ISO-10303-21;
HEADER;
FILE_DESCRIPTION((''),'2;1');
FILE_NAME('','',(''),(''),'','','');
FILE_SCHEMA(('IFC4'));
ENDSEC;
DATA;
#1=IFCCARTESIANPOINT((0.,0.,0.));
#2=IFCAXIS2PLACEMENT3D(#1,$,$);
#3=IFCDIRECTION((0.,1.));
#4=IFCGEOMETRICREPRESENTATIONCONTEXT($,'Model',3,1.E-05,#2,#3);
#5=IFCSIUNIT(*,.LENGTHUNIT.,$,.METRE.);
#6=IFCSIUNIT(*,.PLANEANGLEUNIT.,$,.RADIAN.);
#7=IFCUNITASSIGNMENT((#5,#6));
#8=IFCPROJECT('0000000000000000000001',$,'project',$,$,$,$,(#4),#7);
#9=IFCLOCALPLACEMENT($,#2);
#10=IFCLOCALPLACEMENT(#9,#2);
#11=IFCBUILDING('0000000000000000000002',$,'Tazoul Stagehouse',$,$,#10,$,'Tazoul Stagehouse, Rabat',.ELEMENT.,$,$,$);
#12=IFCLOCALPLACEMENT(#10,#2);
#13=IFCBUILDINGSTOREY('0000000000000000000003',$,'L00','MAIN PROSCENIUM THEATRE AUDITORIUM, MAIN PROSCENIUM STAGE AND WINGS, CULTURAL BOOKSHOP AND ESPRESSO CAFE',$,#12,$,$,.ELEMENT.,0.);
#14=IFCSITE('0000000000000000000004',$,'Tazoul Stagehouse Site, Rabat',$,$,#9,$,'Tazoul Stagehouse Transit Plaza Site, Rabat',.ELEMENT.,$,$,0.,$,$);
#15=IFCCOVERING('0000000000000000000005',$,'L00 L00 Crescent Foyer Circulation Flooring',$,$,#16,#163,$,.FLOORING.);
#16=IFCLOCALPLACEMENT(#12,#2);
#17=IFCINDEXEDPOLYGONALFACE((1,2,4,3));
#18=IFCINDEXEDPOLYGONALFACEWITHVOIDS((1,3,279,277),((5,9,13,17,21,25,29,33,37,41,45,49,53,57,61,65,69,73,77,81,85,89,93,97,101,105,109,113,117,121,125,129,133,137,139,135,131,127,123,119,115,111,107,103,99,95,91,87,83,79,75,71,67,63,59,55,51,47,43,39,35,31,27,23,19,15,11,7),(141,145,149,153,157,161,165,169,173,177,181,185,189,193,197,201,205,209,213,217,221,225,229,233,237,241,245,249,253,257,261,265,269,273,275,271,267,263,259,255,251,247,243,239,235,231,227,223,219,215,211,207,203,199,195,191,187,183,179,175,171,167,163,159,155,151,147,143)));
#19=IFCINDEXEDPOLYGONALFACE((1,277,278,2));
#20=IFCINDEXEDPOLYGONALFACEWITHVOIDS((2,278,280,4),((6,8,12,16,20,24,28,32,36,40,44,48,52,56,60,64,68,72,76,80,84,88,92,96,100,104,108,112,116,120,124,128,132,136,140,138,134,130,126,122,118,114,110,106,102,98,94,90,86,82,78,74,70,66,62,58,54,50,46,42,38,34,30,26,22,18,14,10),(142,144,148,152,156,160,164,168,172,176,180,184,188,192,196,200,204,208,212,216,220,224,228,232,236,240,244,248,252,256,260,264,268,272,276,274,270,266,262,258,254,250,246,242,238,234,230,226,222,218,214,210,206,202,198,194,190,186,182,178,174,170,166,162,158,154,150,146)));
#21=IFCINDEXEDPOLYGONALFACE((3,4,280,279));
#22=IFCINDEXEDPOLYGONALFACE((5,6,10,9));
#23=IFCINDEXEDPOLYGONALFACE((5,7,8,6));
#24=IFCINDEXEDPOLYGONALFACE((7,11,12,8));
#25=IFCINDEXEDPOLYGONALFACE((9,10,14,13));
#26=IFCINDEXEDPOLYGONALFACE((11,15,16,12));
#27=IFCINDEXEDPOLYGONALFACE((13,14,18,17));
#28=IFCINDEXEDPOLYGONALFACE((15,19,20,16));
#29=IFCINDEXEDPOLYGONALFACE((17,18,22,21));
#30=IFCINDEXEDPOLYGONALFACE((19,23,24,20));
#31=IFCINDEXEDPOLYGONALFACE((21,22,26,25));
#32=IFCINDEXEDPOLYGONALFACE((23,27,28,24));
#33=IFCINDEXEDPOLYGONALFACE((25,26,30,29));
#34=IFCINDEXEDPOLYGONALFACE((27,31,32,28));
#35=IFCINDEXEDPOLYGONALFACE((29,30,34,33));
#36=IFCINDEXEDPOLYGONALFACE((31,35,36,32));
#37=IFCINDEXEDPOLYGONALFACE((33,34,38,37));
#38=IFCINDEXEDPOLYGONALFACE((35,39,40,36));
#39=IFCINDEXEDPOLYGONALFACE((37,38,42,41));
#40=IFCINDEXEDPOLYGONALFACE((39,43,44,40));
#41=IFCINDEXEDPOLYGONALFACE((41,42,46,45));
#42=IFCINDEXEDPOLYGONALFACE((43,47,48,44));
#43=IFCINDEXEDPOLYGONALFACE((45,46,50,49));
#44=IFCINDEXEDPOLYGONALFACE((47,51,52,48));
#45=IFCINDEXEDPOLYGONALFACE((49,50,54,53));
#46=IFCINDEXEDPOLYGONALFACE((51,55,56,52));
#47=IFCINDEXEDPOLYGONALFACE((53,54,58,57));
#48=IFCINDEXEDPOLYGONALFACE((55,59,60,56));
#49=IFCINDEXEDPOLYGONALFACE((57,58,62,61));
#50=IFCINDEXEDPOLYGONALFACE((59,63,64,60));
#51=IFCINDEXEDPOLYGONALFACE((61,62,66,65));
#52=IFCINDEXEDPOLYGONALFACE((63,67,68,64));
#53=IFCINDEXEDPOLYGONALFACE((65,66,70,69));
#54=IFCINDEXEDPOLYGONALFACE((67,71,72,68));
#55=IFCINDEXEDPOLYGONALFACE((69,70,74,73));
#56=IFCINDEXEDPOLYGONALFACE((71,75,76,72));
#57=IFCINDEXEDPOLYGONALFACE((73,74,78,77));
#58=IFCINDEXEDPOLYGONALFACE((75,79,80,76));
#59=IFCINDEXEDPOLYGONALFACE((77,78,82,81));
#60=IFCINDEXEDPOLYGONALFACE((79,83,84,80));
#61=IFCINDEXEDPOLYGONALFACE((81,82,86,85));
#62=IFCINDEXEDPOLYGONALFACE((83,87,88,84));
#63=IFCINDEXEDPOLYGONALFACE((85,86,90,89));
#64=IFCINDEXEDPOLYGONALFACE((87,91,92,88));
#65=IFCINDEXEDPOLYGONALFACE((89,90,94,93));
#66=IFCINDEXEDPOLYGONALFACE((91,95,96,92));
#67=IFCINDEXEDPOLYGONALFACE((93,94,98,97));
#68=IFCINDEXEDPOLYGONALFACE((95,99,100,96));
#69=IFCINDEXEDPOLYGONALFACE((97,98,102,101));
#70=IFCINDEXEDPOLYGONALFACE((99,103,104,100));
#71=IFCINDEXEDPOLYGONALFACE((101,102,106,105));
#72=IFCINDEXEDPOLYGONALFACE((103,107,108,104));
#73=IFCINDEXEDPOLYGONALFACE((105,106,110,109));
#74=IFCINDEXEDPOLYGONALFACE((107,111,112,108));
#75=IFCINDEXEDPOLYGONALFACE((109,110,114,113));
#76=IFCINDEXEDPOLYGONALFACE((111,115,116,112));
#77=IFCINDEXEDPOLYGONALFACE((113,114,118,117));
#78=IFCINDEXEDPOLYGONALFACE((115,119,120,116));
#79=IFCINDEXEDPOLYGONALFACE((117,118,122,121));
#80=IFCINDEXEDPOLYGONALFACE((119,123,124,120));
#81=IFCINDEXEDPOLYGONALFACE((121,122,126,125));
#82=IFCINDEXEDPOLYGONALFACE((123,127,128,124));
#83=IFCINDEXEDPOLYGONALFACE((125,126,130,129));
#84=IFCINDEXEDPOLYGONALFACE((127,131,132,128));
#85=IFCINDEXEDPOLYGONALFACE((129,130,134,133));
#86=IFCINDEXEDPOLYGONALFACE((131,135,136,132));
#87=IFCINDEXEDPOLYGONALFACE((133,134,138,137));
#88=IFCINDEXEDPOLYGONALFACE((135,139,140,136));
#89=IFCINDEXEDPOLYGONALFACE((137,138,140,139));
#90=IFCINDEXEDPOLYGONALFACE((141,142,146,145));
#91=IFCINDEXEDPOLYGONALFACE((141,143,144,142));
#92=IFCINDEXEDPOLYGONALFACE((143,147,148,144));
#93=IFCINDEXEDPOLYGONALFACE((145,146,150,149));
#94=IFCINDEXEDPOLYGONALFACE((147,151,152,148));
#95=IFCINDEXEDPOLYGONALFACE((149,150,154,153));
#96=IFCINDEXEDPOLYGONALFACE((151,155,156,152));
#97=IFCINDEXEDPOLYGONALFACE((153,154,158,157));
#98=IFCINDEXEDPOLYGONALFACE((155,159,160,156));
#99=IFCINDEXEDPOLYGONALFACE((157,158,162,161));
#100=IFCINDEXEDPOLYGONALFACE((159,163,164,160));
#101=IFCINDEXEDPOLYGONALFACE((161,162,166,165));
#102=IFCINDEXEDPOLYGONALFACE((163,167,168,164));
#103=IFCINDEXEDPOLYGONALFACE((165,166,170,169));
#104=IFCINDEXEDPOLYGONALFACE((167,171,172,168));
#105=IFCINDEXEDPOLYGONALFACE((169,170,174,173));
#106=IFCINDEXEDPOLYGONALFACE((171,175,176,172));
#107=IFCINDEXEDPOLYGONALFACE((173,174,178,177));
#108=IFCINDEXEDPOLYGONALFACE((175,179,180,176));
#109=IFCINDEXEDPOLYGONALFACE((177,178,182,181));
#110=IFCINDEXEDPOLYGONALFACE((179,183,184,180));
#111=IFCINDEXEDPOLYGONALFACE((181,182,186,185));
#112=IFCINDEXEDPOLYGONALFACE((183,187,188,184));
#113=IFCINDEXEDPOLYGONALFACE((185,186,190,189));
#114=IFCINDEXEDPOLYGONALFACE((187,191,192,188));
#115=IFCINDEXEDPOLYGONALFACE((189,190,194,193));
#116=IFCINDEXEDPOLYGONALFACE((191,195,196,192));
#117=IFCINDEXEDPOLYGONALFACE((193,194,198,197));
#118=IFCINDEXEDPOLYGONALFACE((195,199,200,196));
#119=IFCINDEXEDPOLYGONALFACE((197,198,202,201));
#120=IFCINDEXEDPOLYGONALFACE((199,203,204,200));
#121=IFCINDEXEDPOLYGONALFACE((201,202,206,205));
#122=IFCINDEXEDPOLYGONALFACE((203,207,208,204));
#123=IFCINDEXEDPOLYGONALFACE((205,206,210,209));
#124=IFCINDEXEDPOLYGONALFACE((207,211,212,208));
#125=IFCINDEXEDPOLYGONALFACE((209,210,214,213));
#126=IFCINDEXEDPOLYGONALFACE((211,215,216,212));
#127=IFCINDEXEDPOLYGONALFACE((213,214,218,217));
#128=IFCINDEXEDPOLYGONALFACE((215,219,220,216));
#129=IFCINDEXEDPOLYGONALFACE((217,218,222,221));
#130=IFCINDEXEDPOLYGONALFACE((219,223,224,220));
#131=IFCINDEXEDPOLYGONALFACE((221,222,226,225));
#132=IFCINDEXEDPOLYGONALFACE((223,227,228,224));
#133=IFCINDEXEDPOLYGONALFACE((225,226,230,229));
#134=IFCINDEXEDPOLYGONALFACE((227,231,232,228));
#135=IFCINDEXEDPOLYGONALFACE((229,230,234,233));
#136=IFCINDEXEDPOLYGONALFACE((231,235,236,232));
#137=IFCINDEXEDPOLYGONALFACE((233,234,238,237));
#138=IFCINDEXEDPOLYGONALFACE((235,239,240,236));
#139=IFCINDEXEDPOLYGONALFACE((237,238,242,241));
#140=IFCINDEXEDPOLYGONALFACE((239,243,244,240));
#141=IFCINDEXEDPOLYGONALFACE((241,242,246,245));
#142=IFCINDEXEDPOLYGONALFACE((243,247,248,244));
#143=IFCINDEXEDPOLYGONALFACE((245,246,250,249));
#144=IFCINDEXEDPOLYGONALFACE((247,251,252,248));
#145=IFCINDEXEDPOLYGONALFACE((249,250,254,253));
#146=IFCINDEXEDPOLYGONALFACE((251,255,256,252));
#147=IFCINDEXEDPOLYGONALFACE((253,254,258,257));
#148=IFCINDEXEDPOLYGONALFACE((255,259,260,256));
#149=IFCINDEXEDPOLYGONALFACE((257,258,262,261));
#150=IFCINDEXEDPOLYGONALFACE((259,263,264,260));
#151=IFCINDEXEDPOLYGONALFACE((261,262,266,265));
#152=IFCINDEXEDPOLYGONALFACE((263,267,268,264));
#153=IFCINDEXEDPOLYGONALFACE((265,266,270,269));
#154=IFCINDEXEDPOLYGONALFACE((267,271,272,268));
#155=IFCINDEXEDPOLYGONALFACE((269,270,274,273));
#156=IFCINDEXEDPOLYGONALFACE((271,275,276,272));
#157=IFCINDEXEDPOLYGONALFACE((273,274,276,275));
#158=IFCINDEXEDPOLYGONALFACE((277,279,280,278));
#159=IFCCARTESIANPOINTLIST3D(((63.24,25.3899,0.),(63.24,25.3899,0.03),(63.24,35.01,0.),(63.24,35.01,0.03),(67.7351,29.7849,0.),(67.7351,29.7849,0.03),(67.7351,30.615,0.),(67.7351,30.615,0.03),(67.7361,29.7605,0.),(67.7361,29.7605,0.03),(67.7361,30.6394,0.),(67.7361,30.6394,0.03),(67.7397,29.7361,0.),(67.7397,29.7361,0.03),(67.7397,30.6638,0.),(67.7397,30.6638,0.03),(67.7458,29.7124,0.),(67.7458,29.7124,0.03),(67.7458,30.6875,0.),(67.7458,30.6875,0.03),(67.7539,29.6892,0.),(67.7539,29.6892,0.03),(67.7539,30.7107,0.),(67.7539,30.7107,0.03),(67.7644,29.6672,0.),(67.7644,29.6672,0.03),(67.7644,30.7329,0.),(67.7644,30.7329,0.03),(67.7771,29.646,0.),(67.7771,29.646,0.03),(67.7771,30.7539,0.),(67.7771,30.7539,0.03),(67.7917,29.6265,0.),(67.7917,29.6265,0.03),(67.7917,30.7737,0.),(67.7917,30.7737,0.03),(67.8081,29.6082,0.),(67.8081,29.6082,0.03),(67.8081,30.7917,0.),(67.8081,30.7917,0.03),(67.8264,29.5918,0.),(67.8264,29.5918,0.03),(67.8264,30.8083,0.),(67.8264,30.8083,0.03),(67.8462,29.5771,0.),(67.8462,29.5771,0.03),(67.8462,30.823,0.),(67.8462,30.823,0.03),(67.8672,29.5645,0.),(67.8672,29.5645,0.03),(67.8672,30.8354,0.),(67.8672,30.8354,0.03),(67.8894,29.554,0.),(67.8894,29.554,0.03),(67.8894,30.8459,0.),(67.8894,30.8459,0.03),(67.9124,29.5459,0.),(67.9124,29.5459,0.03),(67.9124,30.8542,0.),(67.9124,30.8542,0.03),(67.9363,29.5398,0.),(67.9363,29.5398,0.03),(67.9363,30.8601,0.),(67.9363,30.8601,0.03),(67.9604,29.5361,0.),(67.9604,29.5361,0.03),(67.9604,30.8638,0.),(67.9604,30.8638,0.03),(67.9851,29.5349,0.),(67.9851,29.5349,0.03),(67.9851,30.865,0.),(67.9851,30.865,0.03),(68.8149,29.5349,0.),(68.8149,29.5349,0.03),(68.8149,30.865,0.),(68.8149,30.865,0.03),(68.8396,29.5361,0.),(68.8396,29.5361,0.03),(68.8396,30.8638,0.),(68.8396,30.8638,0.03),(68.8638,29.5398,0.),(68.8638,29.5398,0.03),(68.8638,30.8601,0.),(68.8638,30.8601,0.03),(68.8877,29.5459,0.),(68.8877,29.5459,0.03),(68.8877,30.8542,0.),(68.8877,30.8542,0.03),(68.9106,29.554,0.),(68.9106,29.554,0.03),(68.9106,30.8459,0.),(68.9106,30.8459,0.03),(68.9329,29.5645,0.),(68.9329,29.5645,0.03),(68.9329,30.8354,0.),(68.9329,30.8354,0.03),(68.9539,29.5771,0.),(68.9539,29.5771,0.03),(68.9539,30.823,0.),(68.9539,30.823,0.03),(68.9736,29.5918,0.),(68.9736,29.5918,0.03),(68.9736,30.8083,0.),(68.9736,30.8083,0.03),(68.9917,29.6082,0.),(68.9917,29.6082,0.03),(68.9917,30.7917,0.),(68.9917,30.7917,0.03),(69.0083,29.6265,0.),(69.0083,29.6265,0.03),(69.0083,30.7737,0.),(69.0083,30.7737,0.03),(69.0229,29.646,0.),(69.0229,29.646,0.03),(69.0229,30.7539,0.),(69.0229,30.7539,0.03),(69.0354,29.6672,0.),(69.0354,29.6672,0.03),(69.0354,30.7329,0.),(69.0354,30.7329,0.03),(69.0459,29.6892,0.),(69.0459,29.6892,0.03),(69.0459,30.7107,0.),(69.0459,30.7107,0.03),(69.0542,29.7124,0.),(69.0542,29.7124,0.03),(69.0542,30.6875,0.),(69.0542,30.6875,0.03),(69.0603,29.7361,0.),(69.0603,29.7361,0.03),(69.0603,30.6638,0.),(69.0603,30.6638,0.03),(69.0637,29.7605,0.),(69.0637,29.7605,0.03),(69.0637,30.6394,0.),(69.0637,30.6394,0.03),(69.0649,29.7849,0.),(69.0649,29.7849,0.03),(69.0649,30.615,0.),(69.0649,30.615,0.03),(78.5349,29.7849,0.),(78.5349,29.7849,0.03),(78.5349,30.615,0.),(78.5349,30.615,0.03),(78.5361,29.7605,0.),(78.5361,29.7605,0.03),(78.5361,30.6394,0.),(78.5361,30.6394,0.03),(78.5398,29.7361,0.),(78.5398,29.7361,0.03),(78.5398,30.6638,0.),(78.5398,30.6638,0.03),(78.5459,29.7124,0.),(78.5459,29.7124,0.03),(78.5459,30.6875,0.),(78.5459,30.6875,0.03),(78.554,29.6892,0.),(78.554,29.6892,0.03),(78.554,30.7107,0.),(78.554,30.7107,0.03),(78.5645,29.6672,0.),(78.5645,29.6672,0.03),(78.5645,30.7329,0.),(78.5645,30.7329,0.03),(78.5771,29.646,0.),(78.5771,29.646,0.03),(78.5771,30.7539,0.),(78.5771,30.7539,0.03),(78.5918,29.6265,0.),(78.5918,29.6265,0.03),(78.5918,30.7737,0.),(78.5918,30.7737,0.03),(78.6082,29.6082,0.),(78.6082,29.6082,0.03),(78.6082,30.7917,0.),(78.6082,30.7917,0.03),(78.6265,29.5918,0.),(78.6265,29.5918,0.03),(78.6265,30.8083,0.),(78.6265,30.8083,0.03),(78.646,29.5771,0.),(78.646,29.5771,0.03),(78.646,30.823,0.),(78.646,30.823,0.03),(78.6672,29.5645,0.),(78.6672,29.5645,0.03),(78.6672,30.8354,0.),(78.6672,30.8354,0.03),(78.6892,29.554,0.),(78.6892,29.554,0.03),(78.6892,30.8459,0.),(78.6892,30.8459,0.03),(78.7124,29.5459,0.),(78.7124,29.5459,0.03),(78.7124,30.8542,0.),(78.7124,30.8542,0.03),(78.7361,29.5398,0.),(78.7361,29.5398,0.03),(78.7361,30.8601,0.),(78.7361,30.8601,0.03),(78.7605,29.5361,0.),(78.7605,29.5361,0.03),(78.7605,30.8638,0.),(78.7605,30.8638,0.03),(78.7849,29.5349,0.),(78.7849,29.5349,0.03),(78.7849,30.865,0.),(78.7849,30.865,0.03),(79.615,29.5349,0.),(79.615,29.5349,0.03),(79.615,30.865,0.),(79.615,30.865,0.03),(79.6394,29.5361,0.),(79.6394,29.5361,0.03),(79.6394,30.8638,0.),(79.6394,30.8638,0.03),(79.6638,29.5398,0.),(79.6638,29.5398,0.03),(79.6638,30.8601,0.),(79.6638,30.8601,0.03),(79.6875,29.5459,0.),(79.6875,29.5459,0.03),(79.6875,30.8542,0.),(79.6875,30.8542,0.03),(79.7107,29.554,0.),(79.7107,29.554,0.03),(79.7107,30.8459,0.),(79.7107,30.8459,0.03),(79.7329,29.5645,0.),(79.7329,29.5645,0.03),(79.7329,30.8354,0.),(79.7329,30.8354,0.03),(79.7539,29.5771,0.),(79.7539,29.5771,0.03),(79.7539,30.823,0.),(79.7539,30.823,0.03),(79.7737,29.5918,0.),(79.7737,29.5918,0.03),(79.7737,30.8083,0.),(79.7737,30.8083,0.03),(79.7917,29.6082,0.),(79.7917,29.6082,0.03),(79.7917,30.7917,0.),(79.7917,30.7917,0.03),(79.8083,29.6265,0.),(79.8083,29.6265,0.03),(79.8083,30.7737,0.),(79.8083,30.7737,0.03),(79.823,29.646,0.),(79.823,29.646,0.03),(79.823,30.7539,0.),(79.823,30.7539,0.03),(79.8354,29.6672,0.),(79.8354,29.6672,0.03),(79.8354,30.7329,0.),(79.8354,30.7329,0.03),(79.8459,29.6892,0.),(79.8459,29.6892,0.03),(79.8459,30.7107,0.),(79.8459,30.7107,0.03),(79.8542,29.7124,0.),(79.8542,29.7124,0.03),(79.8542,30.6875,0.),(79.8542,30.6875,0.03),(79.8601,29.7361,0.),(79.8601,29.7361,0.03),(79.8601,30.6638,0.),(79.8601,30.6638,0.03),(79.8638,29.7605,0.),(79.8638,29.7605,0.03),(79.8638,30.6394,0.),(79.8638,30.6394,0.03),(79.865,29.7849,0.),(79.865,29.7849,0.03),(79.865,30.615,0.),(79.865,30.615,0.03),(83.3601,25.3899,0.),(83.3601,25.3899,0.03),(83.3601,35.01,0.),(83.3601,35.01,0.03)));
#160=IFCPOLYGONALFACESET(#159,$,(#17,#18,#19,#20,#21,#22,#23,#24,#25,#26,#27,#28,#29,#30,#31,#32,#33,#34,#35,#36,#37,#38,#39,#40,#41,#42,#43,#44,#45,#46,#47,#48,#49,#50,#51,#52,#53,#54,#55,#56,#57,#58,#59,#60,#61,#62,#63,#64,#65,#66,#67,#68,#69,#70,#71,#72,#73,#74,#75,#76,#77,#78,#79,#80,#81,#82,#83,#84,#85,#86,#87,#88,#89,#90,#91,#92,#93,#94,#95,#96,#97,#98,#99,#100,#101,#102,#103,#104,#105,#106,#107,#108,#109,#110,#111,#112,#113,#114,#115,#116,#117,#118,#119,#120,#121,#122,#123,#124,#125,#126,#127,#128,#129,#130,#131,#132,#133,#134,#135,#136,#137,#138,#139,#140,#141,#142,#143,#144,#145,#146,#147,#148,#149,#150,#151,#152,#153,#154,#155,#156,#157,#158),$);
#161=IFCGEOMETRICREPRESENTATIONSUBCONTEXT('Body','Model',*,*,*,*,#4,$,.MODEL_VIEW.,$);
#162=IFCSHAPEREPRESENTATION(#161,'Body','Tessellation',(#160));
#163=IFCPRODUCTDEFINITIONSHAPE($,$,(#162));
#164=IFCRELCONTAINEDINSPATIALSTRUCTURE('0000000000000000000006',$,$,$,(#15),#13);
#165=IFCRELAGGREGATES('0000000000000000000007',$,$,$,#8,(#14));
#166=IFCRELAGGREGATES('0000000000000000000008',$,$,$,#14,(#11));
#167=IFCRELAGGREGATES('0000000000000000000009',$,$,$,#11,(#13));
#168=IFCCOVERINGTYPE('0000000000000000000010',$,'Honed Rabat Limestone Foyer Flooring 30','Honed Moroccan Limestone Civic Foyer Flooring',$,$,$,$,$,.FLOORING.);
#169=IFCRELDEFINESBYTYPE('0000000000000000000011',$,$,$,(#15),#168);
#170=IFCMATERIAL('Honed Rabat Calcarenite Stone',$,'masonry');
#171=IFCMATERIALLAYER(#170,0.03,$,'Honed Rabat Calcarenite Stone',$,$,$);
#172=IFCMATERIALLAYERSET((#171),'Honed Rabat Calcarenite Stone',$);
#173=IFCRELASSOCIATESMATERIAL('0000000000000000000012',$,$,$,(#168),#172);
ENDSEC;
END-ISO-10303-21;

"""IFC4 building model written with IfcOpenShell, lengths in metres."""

from ifc_helpers import new_model, si_unit, direction, origin, place, context, subcontext, project, spatial, polyline, outline, extrude, material, layer, layer_set, type_object, element, save


model = new_model("IFC4")

# Units and contexts
model_context = context("Model", 3, precision=1e-05, world=origin(), true_north=direction((0.0, 1.0)))
body_context = subcontext(model_context, "Body", "Model", "MODEL_VIEW")
ifc_project = project(units=[si_unit("LENGTHUNIT", "METRE"), si_unit("PLANEANGLEUNIT", "RADIAN")], contexts=[model_context])

# Site, building, storey
site_placement = place(None, origin())
site = spatial("IfcSite", under=ifc_project, at=site_placement, Name="Tazoul Stagehouse Site, Rabat", LongName="Tazoul Stagehouse Transit Plaza Site, Rabat", CompositionType="ELEMENT", RefElevation=0.0)
building_placement = place(site_placement, origin())
building = spatial("IfcBuilding", under=site, at=building_placement, Name="Tazoul Stagehouse", LongName="Tazoul Stagehouse, Rabat", CompositionType="ELEMENT")
storey_placement = place(building_placement, origin())
storey = spatial("IfcBuildingStorey", under=building, at=storey_placement, Name="L00", Description="MAIN PROSCENIUM THEATRE AUDITORIUM, MAIN PROSCENIUM STAGE AND WINGS, CULTURAL BOOKSHOP AND ESPRESSO CAFE", CompositionType="ELEMENT", Elevation=0.0)

# Covering
ifc_material_1 = material(Name="Honed Rabat Calcarenite Stone", Category="masonry")
ifc_layer_1 = layer(ifc_material_1, 0.03, Name="Honed Rabat Calcarenite Stone")
ifc_layer_set_1 = layer_set([ifc_layer_1], Name="Honed Rabat Calcarenite Stone")
covering_type_1 = type_object("IfcCoveringType", Name="Honed Rabat Limestone Foyer Flooring 30", Description="Honed Moroccan Limestone Civic Foyer Flooring", PredefinedType="FLOORING", material=ifc_layer_set_1)
covering_1_placement = place(storey_placement, origin())
element("IfcCovering", 1, at=covering_1_placement, inside=storey, type_object=covering_type_1, Name="L00 L00 Crescent Foyer Circulation Flooring", PredefinedType="FLOORING", context=body_context, shape_type="SweptSolid", body=[
    extrude(outline(polyline([(83.3601, 35.01), (83.3601, 25.3899), (63.24, 25.3899), (63.24, 35.01), (83.3601, 35.01)]), holes=[polyline([(79.8638, 30.6394), (79.8601, 30.6638), (79.8542, 30.6875), (79.8459, 30.7107), (79.8354, 30.7329), (79.823, 30.7539), (79.8083, 30.7737), (79.7917, 30.7917), (79.7737, 30.8083), (79.7539, 30.823), (79.7329, 30.8354), (79.7107, 30.8459), (79.6875, 30.8542), (79.6638, 30.8601), (79.6394, 30.8638), (79.615, 30.865), (78.7849, 30.865), (78.7605, 30.8638), (78.7361, 30.8601), (78.7124, 30.8542), (78.6892, 30.8459), (78.6672, 30.8354), (78.646, 30.823), (78.6265, 30.8083), (78.6082, 30.7917), (78.5918, 30.7737), (78.5771, 30.7539), (78.5645, 30.7329), (78.554, 30.7107), (78.5459, 30.6875), (78.5398, 30.6638), (78.5361, 30.6394), (78.5349, 30.615), (78.5349, 29.7849), (78.5361, 29.7605), (78.5398, 29.7361), (78.5459, 29.7124), (78.554, 29.6892), (78.5645, 29.6672), (78.5771, 29.646), (78.5918, 29.6265), (78.6082, 29.6082), (78.6265, 29.5918), (78.646, 29.5771), (78.6672, 29.5645), (78.6892, 29.554), (78.7124, 29.5459), (78.7361, 29.5398), (78.7605, 29.5361), (78.7849, 29.5349), (79.615, 29.5349), (79.6394, 29.5361), (79.6638, 29.5398), (79.6875, 29.5459), (79.7107, 29.554), (79.7329, 29.5645), (79.7539, 29.5771), (79.7737, 29.5918), (79.7917, 29.6082), (79.8083, 29.6265), (79.823, 29.646), (79.8354, 29.6672), (79.8459, 29.6892), (79.8542, 29.7124), (79.8601, 29.7361), (79.8638, 29.7605), (79.865, 29.7849), (79.865, 30.615), (79.8638, 30.6394)]), polyline([(69.0637, 30.6394), (69.0603, 30.6638), (69.0542, 30.6875), (69.0459, 30.7107), (69.0354, 30.7329), (69.0229, 30.7539), (69.0083, 30.7737), (68.9917, 30.7917), (68.9736, 30.8083), (68.9539, 30.823), (68.9329, 30.8354), (68.9106, 30.8459), (68.8877, 30.8542), (68.8638, 30.8601), (68.8396, 30.8638), (68.8149, 30.865), (67.9851, 30.865), (67.9604, 30.8638), (67.9363, 30.8601), (67.9124, 30.8542), (67.8894, 30.8459), (67.8672, 30.8354), (67.8462, 30.823), (67.8264, 30.8083), (67.8081, 30.7917), (67.7917, 30.7737), (67.7771, 30.7539), (67.7644, 30.7329), (67.7539, 30.7107), (67.7458, 30.6875), (67.7397, 30.6638), (67.7361, 30.6394), (67.7351, 30.615), (67.7351, 29.7849), (67.7361, 29.7605), (67.7397, 29.7361), (67.7458, 29.7124), (67.7539, 29.6892), (67.7644, 29.6672), (67.7771, 29.646), (67.7917, 29.6265), (67.8081, 29.6082), (67.8264, 29.5918), (67.8462, 29.5771), (67.8672, 29.5645), (67.8894, 29.554), (67.9124, 29.5459), (67.9363, 29.5398), (67.9604, 29.5361), (67.9851, 29.5349), (68.8149, 29.5349), (68.8396, 29.5361), (68.8638, 29.5398), (68.8877, 29.5459), (68.9106, 29.554), (68.9329, 29.5645), (68.9539, 29.5771), (68.9736, 29.5918), (68.9917, 29.6082), (69.0083, 29.6265), (69.0229, 29.646), (69.0354, 29.6672), (69.0459, 29.6892), (69.0542, 29.7124), (69.0603, 29.7361), (69.0637, 29.7605), (69.0649, 29.7849), (69.0649, 30.615), (69.0637, 30.6394)])]), origin(), (0.0, 0.0, 1.0), 0.03),
])

save(model, "model.ifc")
